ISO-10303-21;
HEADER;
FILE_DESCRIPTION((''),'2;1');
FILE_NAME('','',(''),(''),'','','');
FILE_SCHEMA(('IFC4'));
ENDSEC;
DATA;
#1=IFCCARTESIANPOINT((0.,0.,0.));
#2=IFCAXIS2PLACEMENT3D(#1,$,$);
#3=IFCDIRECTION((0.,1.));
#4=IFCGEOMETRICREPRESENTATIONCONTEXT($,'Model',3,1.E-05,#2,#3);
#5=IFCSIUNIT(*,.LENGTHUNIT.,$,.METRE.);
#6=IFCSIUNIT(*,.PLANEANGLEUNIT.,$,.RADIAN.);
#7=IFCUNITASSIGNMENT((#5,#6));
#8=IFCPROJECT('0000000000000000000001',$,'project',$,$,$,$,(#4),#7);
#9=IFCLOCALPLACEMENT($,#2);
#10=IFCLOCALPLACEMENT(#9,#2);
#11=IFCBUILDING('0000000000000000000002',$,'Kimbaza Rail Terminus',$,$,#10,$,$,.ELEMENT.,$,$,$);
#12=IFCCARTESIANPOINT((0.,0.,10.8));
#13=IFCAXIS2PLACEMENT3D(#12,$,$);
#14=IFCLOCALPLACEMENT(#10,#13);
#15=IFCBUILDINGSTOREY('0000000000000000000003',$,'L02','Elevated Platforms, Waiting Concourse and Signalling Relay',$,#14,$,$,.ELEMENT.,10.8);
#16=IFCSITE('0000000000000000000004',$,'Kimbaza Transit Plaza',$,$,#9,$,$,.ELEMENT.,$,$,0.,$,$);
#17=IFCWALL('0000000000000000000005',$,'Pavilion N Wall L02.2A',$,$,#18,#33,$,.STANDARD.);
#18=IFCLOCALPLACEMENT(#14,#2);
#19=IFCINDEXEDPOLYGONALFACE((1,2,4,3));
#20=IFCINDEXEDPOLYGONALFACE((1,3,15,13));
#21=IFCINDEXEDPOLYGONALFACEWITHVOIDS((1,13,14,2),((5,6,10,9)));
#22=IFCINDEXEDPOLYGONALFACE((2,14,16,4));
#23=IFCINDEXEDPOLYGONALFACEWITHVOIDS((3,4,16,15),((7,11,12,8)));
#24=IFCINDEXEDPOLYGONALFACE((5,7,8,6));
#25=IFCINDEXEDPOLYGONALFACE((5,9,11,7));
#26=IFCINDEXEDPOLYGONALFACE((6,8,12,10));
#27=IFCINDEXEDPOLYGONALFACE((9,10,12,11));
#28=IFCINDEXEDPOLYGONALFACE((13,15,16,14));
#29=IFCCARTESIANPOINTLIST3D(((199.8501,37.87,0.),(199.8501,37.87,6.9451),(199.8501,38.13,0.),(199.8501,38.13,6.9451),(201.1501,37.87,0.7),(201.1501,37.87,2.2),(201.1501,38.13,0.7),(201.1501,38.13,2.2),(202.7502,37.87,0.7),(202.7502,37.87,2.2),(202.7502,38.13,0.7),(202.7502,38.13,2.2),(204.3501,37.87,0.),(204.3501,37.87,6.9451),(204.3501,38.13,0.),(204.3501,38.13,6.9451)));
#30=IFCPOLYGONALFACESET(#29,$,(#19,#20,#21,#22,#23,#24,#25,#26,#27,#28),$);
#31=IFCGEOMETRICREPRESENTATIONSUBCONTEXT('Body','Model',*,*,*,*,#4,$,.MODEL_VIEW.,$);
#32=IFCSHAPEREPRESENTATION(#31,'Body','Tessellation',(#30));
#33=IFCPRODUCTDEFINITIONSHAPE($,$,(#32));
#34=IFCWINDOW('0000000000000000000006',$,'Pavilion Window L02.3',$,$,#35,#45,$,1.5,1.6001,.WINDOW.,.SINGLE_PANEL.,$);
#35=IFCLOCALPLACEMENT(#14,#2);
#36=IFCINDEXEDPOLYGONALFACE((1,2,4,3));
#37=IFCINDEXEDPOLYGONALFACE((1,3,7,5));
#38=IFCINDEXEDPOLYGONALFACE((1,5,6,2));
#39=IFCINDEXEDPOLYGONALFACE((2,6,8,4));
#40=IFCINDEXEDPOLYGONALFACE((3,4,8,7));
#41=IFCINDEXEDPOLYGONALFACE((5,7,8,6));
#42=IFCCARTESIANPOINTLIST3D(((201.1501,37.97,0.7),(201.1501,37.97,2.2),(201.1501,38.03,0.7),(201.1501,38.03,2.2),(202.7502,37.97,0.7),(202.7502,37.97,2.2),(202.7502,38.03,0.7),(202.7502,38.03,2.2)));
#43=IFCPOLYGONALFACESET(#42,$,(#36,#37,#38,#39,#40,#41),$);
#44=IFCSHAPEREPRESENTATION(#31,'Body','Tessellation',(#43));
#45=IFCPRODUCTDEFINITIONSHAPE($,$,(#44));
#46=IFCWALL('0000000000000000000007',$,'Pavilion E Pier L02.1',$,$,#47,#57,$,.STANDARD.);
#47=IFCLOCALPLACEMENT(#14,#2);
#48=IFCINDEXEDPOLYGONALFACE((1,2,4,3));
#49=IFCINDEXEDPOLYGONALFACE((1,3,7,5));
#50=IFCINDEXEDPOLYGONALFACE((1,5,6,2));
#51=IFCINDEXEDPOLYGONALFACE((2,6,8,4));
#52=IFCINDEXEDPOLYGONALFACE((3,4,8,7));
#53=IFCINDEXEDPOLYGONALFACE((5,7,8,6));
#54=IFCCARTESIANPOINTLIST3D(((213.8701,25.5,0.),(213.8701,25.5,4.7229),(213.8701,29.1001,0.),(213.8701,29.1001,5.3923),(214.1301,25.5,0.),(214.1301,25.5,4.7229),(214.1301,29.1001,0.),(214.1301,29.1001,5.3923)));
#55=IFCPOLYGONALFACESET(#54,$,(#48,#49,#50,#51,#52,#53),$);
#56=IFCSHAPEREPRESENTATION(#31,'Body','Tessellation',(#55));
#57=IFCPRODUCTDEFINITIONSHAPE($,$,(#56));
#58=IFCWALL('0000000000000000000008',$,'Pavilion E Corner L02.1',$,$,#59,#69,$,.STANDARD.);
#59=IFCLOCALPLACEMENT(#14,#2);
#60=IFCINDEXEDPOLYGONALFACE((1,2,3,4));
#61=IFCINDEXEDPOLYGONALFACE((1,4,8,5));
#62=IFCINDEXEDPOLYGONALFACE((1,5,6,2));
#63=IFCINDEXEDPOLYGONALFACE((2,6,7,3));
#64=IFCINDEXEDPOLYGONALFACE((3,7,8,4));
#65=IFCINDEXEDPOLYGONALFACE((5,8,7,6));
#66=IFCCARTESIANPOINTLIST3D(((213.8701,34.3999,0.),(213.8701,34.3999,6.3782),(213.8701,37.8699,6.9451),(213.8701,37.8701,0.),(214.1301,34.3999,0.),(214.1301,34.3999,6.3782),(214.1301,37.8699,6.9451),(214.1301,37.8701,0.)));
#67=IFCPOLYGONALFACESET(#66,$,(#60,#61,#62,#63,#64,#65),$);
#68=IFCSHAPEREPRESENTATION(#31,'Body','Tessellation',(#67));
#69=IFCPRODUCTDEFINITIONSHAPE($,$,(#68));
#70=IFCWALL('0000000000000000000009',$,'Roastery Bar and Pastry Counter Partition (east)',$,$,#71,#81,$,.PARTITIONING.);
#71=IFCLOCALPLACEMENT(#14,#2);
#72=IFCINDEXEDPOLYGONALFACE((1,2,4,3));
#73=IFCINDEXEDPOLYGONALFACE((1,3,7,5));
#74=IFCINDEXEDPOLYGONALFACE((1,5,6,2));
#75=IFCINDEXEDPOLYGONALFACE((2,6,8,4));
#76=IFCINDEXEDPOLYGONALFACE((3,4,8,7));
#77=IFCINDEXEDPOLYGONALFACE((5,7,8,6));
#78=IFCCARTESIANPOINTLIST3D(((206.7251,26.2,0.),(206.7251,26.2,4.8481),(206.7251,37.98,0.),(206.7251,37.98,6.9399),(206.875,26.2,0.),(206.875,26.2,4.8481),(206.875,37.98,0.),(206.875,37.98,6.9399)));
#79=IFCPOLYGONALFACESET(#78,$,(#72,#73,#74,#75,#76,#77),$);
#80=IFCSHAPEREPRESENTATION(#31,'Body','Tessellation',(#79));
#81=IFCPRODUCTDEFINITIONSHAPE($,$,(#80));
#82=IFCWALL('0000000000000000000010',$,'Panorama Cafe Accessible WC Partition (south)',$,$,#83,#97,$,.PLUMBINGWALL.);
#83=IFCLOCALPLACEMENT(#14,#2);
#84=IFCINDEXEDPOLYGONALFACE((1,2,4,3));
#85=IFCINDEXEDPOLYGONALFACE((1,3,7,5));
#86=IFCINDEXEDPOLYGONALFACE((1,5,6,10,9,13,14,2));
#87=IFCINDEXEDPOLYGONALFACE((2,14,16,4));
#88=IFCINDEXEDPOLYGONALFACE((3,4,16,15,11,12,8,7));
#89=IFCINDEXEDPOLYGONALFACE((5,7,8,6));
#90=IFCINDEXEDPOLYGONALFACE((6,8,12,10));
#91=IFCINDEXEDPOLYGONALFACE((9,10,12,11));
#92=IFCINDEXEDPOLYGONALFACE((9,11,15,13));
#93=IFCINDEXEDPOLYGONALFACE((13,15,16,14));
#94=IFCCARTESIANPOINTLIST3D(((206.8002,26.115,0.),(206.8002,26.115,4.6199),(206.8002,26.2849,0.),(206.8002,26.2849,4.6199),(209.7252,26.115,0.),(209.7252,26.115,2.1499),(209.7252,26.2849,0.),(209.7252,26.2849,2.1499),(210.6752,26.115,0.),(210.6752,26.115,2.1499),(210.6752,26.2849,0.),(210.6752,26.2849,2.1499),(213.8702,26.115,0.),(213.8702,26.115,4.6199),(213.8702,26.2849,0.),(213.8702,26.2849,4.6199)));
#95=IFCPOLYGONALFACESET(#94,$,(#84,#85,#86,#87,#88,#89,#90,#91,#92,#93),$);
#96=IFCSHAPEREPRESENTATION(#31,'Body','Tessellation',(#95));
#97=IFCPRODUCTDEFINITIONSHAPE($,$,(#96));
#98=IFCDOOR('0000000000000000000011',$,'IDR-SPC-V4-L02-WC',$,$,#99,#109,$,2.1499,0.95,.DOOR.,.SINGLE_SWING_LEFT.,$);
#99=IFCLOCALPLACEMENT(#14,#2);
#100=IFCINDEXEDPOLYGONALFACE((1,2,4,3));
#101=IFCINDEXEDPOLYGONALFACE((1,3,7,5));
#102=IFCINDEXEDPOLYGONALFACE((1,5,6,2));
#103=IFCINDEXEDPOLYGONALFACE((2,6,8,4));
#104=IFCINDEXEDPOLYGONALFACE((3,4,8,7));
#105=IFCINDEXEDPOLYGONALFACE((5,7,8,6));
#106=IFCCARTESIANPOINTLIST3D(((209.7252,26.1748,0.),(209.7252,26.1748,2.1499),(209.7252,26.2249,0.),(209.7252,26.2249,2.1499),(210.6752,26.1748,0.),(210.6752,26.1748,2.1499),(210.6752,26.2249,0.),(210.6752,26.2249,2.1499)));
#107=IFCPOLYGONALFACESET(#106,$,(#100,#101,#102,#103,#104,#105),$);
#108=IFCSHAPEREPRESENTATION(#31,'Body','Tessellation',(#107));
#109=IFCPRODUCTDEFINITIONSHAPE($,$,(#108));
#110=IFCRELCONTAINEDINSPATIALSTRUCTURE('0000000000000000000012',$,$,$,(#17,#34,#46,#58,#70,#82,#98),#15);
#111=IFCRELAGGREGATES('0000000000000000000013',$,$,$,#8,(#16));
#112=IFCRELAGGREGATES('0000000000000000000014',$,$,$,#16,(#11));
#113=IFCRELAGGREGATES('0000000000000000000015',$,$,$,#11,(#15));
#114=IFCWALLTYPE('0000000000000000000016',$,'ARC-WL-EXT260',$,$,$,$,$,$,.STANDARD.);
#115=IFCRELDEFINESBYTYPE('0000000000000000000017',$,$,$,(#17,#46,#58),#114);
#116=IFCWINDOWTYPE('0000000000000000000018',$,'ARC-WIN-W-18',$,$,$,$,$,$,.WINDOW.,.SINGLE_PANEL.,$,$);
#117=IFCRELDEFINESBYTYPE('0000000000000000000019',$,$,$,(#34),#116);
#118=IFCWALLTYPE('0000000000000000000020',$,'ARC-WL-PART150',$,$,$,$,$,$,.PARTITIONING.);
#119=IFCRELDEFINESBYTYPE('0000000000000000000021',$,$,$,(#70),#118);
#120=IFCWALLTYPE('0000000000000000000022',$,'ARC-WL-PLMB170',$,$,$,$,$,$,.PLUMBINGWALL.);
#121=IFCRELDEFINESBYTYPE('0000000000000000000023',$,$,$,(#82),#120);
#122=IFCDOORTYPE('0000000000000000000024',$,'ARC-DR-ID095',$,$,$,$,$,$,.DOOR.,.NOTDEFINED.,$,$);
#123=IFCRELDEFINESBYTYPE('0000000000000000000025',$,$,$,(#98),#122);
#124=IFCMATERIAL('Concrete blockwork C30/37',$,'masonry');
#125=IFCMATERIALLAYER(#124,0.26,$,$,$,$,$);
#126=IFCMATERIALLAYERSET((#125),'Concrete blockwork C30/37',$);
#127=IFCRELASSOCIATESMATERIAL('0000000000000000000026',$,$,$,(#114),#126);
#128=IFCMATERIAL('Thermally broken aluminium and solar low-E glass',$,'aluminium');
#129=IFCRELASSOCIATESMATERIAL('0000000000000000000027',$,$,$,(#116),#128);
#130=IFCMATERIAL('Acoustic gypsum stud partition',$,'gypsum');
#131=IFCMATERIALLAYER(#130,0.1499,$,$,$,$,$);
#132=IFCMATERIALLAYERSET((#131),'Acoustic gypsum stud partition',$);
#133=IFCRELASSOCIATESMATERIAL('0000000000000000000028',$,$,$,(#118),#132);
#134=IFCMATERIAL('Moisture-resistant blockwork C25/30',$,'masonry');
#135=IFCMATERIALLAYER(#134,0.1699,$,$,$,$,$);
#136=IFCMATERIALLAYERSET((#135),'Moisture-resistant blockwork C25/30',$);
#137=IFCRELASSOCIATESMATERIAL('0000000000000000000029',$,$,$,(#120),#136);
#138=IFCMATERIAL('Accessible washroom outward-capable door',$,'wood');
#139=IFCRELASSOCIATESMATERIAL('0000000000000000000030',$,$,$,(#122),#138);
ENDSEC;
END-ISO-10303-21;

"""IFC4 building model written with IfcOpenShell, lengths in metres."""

from ifc_helpers import new_model, si_unit, direction, frame, frame_2d, origin, place, context, subcontext, project, spatial, polyline, rectangle, outline, extrude, material, layer, layer_set, type_object, element, fill, save


model = new_model("IFC4")

# Units and contexts
model_context = context("Model", 3, precision=1e-05, world=origin(), true_north=direction((0.0, 1.0)))
body_context = subcontext(model_context, "Body", "Model", "MODEL_VIEW")
ifc_project = project(units=[si_unit("LENGTHUNIT", "METRE"), si_unit("PLANEANGLEUNIT", "RADIAN")], contexts=[model_context])

# Site, building, storey
site_placement = place(None, origin())
site = spatial("IfcSite", under=ifc_project, at=site_placement, Name="Kimbaza Transit Plaza", CompositionType="ELEMENT", RefElevation=0.0)
building_placement = place(site_placement, origin())
building = spatial("IfcBuilding", under=site, at=building_placement, Name="Kimbaza Rail Terminus", CompositionType="ELEMENT")
storey_placement = place(building_placement, frame((0.0, 0.0, 10.8)))
storey = spatial("IfcBuildingStorey", under=building, at=storey_placement, Name="L02", Description="Elevated Platforms, Waiting Concourse and Signalling Relay", CompositionType="ELEMENT", Elevation=10.8)

# Wall, opening, window
ifc_material_1 = material(Name="Concrete blockwork C30/37", Category="masonry")
ifc_layer_1 = layer(ifc_material_1, 0.26)
ifc_layer_set_1 = layer_set([ifc_layer_1], Name="Concrete blockwork C30/37")
wall_type_1 = type_object("IfcWallType", Name="ARC-WL-EXT260", PredefinedType="STANDARD", material=ifc_layer_set_1)
wall_1_placement = place(storey_placement, frame((199.8501, 38.0, 0.0), z_axis=(0.0, 0.0, 1.0), x_axis=(1.0, 0.0, 0.0)))
wall_1 = element("IfcWall", 1, at=wall_1_placement, inside=storey, type_object=wall_type_1, Name="Pavilion N Wall L02.2A", PredefinedType="STANDARD", context=body_context, shape_type="SweptSolid", body=[
    extrude(rectangle(XDim=4.5, YDim=0.26, at=frame_2d((2.25, 0.0))), origin(), (0.0, 0.0, 1.0), 6.9451),
])
opening_1_placement = place(wall_1_placement, frame((1.3, 0.0, 0.7)))
opening_1 = element("IfcOpeningElement", 2, at=opening_1_placement, cuts=wall_1, PredefinedType="OPENING", context=body_context, shape_type="SweptSolid", body=[
    extrude(rectangle(XDim=1.6001, YDim=1.5, at=frame_2d((0.8, 0.75))), frame((0.0, 0.1399, 0.0), z_axis=(0.0, -1.0, 0.0), x_axis=(1.0, 0.0, 0.0)), (0.0, 0.0, 1.0), 0.28),
])
ifc_material_2 = material(Name="Thermally broken aluminium and solar low-E glass", Category="aluminium")
window_type = type_object("IfcWindowType", Name="ARC-WIN-W-18", PartitioningType="SINGLE_PANEL", PredefinedType="WINDOW", material=ifc_material_2)
window_placement = place(opening_1_placement, origin())
window = element("IfcWindow", 3, at=window_placement, inside=storey, type_object=window_type, Name="Pavilion Window L02.3", OverallHeight=1.5, OverallWidth=1.6001, PartitioningType="SINGLE_PANEL", PredefinedType="WINDOW", context=body_context, shape_type="SweptSolid", body=[
    extrude(rectangle(XDim=1.6001, YDim=1.5, at=frame_2d((0.8, 0.75))), frame((0.0, 0.03, 0.0), z_axis=(0.0, -1.0, 0.0), x_axis=(1.0, 0.0, 0.0)), (0.0, 0.0, 1.0), 0.0601),
])
fill(opening_1, window)

# Walls
wall_2_placement = place(storey_placement, frame((214.0, 25.5, 0.0), z_axis=(0.0, 0.0, 1.0), x_axis=(0.0, 1.0, 0.0)))
element("IfcWall", 4, at=wall_2_placement, inside=storey, type_object=wall_type_1, Name="Pavilion E Pier L02.1", PredefinedType="STANDARD", context=body_context, shape_type="SweptSolid", body=[
    extrude(outline(polyline([(0.0, 0.0), (3.6001, 0.0), (3.6001, 5.3923), (0.0, 4.7229), (0.0, 0.0)])), frame((0.0, 0.1299, 0.0), z_axis=(0.0, -1.0, 0.0), x_axis=(1.0, 0.0, 0.0)), (0.0, 0.0, 1.0), 0.26),
])
wall_3_placement = place(storey_placement, frame((214.0, 34.3999, 0.0), z_axis=(0.0, 0.0, 1.0), x_axis=(0.0, 1.0, 0.0)))
element("IfcWall", 5, at=wall_3_placement, inside=storey, type_object=wall_type_1, Name="Pavilion E Corner L02.1", PredefinedType="STANDARD", context=body_context, shape_type="SweptSolid", body=[
    extrude(outline(polyline([(0.0, 0.0), (3.4702, 0.0), (3.47, 6.9451), (0.0, 6.3782), (0.0, 0.0)])), frame((0.0, 0.1299, 0.0), z_axis=(0.0, -1.0, 0.0), x_axis=(1.0, 0.0, 0.0)), (0.0, 0.0, 1.0), 0.26),
])
ifc_material_3 = material(Name="Acoustic gypsum stud partition", Category="gypsum")
ifc_layer_2 = layer(ifc_material_3, 0.1499)
ifc_layer_set_2 = layer_set([ifc_layer_2], Name="Acoustic gypsum stud partition")
wall_type_2 = type_object("IfcWallType", Name="ARC-WL-PART150", PredefinedType="PARTITIONING", material=ifc_layer_set_2)
wall_4_placement = place(storey_placement, frame((206.8, 26.2, 0.0), z_axis=(0.0, 0.0, 1.0), x_axis=(0.0, 1.0, 0.0)))
element("IfcWall", 6, at=wall_4_placement, inside=storey, type_object=wall_type_2, Name="Roastery Bar and Pastry Counter Partition (east)", PredefinedType="PARTITIONING", context=body_context, shape_type="SweptSolid", body=[
    extrude(outline(polyline([(0.0, 0.0), (11.78, 0.0), (11.78, 6.9399), (0.0, 4.8481), (0.0, 0.0)])), frame((0.0, 0.075, 0.0), z_axis=(0.0, -1.0, 0.0), x_axis=(1.0, 0.0, 0.0)), (0.0, 0.0, 1.0), 0.1499),
])

# Wall, opening, door
ifc_material_4 = material(Name="Moisture-resistant blockwork C25/30", Category="masonry")
ifc_layer_3 = layer(ifc_material_4, 0.1699)
ifc_layer_set_3 = layer_set([ifc_layer_3], Name="Moisture-resistant blockwork C25/30")
wall_type_3 = type_object("IfcWallType", Name="ARC-WL-PLMB170", PredefinedType="PLUMBINGWALL", material=ifc_layer_set_3)
wall_5_placement = place(storey_placement, frame((206.8, 26.2, 0.0), z_axis=(0.0, 0.0, 1.0), x_axis=(1.0, 0.0, 0.0)))
wall_5 = element("IfcWall", 7, at=wall_5_placement, inside=storey, type_object=wall_type_3, Name="Panorama Cafe Accessible WC Partition (south)", PredefinedType="PLUMBINGWALL", context=body_context, shape_type="SweptSolid", body=[
    extrude(rectangle(XDim=7.0701, YDim=0.1699, at=frame_2d((3.5352, 0.0))), origin(), (0.0, 0.0, 1.0), 4.6199),
])
opening_2_placement = place(wall_5_placement, frame((2.925, 0.0, 0.0)))
opening_2 = element("IfcOpeningElement", 8, at=opening_2_placement, cuts=wall_5, PredefinedType="OPENING", context=body_context, shape_type="SweptSolid", body=[
    extrude(rectangle(XDim=0.95, YDim=2.1499, at=frame_2d((0.4751, 1.075))), frame((0.0, 0.095, 0.0), z_axis=(0.0, -1.0, 0.0), x_axis=(1.0, 0.0, 0.0)), (0.0, 0.0, 1.0), 0.1899),
])
ifc_material_5 = material(Name="Accessible washroom outward-capable door", Category="wood")
door_type = type_object("IfcDoorType", Name="ARC-DR-ID095", OperationType="NOTDEFINED", PredefinedType="DOOR", material=ifc_material_5)
door_placement = place(opening_2_placement, origin())
door = element("IfcDoor", 9, at=door_placement, inside=storey, type_object=door_type, Name="IDR-SPC-V4-L02-WC", OperationType="SINGLE_SWING_LEFT", OverallHeight=2.1499, OverallWidth=0.95, PredefinedType="DOOR", context=body_context, shape_type="SweptSolid", body=[
    extrude(rectangle(XDim=0.95, YDim=2.1499, at=frame_2d((0.4751, 1.075))), frame((0.0, 0.0249, 0.0), z_axis=(0.0, -1.0, 0.0), x_axis=(1.0, 0.0, 0.0)), (0.0, 0.0, 1.0), 0.05),
])
fill(opening_2, door)

save(model, "model.ifc")
